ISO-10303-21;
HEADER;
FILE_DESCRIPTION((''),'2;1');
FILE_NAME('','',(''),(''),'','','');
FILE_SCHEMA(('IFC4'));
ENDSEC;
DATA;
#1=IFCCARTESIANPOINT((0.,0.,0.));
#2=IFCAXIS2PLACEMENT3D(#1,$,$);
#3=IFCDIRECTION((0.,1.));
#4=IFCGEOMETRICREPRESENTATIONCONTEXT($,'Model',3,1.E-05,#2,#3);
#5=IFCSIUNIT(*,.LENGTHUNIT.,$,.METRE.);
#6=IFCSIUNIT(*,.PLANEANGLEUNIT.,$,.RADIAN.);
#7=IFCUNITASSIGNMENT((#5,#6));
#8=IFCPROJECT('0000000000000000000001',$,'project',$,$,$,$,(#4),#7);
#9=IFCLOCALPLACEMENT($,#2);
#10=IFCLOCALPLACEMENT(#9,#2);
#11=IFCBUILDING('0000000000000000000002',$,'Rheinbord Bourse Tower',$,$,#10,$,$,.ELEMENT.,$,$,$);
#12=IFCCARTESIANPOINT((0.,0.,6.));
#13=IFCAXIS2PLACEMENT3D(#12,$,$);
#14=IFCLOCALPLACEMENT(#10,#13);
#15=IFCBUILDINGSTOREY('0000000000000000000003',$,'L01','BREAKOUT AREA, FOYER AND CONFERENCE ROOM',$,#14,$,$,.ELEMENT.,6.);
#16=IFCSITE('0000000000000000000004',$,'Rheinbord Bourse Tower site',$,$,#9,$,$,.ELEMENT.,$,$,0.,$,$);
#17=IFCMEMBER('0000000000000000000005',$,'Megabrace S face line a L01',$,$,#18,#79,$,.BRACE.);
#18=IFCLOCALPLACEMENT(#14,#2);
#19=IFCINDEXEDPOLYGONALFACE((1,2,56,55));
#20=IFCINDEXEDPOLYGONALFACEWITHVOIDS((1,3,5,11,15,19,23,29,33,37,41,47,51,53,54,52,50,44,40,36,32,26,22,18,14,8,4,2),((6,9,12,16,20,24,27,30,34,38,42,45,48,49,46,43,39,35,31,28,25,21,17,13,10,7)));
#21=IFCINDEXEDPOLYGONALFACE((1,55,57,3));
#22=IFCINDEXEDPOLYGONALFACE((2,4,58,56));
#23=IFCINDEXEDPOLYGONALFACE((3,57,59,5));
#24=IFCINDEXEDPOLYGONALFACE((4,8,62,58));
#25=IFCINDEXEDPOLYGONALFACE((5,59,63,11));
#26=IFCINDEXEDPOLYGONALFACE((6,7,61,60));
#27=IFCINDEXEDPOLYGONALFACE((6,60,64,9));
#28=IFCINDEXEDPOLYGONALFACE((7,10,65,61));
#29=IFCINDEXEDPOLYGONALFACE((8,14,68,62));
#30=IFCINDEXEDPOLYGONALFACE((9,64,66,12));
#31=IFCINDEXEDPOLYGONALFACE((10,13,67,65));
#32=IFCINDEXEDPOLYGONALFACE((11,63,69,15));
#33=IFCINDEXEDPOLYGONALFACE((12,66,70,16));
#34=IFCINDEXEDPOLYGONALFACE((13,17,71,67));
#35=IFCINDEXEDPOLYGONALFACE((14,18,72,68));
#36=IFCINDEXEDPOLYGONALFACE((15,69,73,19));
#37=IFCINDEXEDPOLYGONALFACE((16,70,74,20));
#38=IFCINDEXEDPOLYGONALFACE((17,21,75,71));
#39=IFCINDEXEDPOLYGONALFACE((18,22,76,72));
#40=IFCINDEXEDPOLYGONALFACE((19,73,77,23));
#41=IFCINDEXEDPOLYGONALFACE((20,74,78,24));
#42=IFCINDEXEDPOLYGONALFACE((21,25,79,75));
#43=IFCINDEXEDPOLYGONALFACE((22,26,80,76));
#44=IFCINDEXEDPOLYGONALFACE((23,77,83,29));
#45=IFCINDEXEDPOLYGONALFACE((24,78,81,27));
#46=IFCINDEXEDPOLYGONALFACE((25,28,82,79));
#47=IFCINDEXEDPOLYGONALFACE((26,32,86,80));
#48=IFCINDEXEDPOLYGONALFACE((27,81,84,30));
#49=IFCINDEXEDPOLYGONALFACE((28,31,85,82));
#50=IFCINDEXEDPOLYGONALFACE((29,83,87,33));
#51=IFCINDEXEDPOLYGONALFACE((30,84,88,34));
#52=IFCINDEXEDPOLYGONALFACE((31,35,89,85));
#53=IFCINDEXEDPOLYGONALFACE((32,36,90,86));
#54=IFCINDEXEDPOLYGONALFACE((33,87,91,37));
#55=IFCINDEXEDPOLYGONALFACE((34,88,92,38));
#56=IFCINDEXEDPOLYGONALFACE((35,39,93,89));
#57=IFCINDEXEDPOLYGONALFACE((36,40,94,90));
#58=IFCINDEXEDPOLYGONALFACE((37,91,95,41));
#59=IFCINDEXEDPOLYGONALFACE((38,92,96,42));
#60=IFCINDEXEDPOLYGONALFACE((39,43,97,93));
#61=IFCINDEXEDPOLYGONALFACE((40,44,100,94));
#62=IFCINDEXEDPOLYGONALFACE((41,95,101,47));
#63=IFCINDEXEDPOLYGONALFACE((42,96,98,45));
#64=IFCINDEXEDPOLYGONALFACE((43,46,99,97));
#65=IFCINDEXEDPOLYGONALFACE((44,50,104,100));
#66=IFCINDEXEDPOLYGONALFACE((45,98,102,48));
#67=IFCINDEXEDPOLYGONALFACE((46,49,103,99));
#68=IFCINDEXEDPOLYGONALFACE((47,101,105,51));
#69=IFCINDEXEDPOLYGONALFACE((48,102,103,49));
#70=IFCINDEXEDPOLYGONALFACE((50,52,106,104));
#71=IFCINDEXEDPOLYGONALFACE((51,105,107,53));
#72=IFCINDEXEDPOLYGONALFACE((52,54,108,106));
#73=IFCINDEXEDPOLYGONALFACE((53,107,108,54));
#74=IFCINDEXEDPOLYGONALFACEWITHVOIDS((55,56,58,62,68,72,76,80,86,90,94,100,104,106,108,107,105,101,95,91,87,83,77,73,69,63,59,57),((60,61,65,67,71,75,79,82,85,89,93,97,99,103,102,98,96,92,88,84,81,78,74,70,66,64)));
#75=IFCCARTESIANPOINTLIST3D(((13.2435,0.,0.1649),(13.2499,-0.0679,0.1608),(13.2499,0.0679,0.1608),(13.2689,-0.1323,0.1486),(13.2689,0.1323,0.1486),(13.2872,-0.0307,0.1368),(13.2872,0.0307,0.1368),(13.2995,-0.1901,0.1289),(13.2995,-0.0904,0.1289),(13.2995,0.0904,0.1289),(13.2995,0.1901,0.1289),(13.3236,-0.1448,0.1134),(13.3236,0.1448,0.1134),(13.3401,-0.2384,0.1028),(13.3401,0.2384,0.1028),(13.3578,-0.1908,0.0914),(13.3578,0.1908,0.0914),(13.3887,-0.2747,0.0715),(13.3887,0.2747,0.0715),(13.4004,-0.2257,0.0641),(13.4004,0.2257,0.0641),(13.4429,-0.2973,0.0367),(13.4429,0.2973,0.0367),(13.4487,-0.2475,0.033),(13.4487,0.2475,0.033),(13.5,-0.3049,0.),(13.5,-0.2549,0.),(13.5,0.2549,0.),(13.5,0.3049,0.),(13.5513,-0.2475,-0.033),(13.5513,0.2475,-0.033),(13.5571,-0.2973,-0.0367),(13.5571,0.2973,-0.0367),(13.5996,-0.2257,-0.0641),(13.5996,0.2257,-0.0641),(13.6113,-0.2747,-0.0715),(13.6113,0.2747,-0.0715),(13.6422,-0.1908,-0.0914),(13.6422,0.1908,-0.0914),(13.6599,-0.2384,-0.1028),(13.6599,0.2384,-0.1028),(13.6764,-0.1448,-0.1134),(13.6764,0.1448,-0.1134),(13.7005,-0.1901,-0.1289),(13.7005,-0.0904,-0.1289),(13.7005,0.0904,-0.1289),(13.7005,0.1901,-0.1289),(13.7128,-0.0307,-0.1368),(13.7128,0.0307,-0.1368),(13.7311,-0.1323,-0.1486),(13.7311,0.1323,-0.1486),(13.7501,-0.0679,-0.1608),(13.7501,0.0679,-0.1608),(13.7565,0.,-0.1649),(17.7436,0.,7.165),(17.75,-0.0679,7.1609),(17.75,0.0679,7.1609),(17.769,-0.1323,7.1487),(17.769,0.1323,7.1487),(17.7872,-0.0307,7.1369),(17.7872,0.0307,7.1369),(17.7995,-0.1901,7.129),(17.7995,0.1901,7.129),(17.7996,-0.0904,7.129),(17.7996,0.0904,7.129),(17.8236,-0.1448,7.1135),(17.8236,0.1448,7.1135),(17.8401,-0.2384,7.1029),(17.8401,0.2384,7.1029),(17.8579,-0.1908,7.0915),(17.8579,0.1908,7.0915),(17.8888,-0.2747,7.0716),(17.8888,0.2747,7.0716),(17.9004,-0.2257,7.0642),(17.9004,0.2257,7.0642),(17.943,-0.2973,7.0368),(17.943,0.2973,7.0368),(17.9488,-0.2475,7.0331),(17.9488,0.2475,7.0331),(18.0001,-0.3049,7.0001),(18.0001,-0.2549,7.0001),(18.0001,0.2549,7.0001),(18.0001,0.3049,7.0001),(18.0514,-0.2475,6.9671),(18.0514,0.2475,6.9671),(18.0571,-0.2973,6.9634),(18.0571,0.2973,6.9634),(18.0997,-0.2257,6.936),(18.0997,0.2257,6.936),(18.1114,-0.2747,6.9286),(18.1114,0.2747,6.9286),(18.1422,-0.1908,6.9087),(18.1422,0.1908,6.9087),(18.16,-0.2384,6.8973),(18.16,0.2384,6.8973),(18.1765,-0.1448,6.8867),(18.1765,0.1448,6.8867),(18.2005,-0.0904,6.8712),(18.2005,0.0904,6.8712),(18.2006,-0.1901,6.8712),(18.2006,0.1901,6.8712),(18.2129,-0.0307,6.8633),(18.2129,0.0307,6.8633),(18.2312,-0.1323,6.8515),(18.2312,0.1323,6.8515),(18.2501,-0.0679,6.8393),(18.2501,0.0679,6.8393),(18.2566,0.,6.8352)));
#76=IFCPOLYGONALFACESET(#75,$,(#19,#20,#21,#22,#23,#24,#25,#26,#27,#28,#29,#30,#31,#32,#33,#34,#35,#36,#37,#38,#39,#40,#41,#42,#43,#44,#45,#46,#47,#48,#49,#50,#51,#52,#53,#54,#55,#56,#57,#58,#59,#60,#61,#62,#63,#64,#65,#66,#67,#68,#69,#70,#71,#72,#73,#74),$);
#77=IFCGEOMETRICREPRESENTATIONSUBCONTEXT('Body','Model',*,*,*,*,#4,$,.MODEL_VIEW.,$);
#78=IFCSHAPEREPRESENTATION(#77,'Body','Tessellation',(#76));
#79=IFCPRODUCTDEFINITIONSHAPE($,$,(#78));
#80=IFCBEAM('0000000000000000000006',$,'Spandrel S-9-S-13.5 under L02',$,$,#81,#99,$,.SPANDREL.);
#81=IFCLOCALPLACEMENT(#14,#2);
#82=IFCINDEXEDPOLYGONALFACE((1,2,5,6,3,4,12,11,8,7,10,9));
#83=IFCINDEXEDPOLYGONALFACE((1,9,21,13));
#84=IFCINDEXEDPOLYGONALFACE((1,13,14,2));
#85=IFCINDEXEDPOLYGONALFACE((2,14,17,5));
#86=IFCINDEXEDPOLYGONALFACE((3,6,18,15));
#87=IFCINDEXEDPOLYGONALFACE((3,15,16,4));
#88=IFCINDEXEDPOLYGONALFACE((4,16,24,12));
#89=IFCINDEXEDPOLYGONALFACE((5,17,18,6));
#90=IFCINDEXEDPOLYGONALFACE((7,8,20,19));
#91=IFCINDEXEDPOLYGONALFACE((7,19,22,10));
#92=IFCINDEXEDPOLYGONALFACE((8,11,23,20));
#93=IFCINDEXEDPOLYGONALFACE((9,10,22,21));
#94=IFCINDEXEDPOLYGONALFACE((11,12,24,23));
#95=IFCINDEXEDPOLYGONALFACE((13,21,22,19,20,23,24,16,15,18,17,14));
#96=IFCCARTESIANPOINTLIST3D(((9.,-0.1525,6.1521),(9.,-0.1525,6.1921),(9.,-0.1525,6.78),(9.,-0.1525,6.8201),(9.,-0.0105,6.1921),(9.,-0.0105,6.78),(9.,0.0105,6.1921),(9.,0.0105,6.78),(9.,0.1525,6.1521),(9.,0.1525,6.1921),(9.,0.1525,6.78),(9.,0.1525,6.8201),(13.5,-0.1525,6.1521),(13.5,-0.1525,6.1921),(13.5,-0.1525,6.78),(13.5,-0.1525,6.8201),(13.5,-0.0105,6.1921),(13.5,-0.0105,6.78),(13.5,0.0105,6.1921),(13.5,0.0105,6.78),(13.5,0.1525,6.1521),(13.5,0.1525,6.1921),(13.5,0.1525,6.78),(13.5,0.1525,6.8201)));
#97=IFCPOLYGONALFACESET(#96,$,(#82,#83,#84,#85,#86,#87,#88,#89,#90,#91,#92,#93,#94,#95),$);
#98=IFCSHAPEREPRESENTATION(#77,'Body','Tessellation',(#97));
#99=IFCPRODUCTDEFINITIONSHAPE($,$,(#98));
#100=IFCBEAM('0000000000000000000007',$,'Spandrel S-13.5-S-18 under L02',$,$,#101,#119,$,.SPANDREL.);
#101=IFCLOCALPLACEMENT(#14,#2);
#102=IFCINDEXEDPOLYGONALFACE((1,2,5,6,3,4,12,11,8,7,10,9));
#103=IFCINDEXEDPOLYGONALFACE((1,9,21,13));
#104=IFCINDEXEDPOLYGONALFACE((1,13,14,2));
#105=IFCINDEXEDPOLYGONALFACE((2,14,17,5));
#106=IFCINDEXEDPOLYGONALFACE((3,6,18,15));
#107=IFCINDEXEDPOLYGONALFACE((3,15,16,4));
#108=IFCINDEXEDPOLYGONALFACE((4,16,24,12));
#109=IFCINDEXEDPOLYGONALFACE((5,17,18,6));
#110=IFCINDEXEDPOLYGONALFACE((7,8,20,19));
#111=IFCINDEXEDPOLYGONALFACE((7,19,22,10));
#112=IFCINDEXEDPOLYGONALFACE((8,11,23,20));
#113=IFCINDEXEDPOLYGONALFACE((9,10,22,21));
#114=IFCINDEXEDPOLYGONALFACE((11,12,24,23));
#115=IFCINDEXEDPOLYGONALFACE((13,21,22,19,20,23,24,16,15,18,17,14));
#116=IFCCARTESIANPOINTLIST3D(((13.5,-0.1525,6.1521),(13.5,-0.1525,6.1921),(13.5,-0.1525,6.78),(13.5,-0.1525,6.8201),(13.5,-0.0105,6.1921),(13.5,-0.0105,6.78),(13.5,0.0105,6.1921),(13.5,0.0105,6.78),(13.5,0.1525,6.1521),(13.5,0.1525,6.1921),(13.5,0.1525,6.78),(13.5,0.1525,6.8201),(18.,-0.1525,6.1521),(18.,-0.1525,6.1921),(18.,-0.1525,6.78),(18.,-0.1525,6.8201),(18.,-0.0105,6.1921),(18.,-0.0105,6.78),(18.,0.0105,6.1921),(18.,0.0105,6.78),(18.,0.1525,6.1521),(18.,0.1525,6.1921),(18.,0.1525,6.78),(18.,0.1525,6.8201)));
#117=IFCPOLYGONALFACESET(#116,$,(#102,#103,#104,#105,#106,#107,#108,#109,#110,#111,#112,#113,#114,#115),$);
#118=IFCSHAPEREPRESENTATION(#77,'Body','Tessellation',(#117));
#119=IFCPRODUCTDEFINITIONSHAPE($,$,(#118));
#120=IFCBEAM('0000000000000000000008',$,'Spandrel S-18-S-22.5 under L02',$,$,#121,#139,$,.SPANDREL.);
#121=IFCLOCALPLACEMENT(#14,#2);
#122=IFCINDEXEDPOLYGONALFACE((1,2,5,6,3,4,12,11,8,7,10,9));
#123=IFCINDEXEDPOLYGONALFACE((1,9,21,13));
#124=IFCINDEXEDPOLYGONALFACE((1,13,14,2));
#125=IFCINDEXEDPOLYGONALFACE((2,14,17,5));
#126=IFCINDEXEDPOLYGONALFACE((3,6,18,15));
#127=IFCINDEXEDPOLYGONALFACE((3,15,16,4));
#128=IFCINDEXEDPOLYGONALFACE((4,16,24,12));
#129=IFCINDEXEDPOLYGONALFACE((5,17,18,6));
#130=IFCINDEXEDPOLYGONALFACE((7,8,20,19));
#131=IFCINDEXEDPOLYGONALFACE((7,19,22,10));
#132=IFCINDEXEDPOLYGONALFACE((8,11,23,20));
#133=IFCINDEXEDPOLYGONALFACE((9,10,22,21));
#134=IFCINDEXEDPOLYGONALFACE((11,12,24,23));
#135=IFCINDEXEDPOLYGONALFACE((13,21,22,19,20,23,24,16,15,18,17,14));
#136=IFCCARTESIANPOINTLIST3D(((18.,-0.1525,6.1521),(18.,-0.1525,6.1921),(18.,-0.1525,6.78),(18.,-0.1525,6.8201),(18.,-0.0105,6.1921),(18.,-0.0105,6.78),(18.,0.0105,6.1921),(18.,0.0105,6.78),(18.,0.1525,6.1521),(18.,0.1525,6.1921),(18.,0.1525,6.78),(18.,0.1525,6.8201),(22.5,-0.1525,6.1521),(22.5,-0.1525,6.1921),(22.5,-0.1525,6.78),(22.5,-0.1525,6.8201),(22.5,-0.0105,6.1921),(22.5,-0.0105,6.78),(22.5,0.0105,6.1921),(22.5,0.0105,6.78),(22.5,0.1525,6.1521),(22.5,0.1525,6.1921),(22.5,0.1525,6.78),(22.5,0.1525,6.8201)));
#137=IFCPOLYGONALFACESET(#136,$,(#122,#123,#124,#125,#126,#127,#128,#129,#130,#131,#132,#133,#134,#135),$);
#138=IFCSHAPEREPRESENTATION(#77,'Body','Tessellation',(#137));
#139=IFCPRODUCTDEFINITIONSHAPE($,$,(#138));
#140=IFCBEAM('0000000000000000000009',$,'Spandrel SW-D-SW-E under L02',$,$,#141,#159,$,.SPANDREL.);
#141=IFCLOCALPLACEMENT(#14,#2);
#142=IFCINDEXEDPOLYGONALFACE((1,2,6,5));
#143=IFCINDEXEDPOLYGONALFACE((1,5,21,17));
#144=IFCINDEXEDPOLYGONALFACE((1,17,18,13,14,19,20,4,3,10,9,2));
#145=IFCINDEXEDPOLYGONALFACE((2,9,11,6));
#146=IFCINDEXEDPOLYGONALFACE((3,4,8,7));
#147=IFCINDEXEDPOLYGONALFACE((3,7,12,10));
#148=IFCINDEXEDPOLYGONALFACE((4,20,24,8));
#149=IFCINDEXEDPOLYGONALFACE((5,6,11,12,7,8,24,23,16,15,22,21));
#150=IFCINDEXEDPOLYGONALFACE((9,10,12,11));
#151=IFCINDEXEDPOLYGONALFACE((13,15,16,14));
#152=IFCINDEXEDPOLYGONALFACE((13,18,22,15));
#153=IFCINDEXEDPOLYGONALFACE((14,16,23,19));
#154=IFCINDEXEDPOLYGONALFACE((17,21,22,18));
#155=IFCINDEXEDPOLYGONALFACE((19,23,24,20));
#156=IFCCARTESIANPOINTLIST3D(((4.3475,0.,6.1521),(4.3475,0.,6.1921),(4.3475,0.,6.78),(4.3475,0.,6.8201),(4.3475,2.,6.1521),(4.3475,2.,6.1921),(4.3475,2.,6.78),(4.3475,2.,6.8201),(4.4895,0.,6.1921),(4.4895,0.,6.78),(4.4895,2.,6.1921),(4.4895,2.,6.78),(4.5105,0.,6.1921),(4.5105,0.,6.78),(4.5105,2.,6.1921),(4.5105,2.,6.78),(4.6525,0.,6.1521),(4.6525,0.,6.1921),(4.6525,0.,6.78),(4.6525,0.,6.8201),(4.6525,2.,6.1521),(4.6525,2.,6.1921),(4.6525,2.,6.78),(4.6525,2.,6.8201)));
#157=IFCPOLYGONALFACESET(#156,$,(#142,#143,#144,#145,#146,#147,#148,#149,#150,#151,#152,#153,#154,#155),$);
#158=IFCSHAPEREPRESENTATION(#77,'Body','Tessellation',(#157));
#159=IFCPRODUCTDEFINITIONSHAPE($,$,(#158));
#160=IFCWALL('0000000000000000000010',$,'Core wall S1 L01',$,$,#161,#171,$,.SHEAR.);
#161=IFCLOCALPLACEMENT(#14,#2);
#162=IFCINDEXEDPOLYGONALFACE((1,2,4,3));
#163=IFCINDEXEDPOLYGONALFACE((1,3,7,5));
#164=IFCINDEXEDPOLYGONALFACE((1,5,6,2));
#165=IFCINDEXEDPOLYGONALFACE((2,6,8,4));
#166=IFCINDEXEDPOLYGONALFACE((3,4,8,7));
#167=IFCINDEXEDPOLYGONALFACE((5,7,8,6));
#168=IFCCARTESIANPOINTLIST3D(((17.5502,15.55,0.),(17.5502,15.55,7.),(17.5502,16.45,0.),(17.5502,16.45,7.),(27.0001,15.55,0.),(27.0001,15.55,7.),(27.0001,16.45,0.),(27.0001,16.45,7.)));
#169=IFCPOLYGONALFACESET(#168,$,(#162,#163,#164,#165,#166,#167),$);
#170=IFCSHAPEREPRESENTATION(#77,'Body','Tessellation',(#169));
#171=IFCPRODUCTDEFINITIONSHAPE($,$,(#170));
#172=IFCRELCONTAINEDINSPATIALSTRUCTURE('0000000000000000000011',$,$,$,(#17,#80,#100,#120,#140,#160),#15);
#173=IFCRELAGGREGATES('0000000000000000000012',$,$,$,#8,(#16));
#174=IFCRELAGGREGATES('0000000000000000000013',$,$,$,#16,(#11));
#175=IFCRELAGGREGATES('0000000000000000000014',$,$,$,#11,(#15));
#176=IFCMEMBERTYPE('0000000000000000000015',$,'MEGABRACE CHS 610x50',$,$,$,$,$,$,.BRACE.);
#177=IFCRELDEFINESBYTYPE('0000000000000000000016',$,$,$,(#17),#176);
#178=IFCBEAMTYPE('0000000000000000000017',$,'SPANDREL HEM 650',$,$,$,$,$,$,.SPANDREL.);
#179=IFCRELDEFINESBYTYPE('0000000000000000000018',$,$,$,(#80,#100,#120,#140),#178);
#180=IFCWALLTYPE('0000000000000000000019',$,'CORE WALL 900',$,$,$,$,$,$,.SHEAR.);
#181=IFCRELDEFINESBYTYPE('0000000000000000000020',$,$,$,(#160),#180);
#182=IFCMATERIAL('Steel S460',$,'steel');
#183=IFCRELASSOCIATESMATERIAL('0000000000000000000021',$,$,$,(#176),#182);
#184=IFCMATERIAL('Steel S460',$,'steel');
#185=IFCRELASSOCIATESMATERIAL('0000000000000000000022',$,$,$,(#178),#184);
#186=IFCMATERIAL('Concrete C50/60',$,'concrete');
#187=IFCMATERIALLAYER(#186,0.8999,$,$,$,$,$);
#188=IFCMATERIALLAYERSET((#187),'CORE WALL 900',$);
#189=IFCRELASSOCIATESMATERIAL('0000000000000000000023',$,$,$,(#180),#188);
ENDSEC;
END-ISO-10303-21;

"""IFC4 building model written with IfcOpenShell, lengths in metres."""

from ifc_helpers import new_model, si_unit, direction, frame, frame_2d, origin, origin_2d, place, context, subcontext, project, spatial, rectangle, hollow_circle, i_section, extrude, material, layer, layer_set, material_profile, profile_set, type_object, element, save


model = new_model("IFC4")

# Units and contexts
model_context = context("Model", 3, precision=1e-05, world=origin(), true_north=direction((0.0, 1.0)))
body_context = subcontext(model_context, "Body", "Model", "MODEL_VIEW")
ifc_project = project(units=[si_unit("LENGTHUNIT", "METRE"), si_unit("PLANEANGLEUNIT", "RADIAN")], contexts=[model_context])

# Site, building, storey
site_placement = place(None, origin())
site = spatial("IfcSite", under=ifc_project, at=site_placement, Name="Rheinbord Bourse Tower site", CompositionType="ELEMENT", RefElevation=0.0)
building_placement = place(site_placement, origin())
building = spatial("IfcBuilding", under=site, at=building_placement, Name="Rheinbord Bourse Tower", CompositionType="ELEMENT")
storey_placement = place(building_placement, frame((0.0, 0.0, 6.0)))
storey = spatial("IfcBuildingStorey", under=building, at=storey_placement, Name="L01", Description="BREAKOUT AREA, FOYER AND CONFERENCE ROOM", CompositionType="ELEMENT", Elevation=6.0)

# Member
ifc_material_1 = material(Name="Steel S460", Category="steel")
ifc_material_profile_1 = material_profile(ifc_material_1, hollow_circle(Radius=0.3049, WallThickness=0.05, at=origin_2d()), Name="CHS 610x50")
ifc_profile_set_1 = profile_set([ifc_material_profile_1], Name="Steel S460")
member_type = type_object("IfcMemberType", Name="MEGABRACE CHS 610x50", PredefinedType="BRACE", material=ifc_profile_set_1)
member_placement = place(storey_placement, frame((13.5, 0.0, 0.0), z_axis=(0.540758, 0.0, 0.841178), x_axis=(0.0, 1.0, 0.0)))
element("IfcMember", 1, at=member_placement, inside=storey, type_object=member_type, Name="Megabrace S face line a L01", PredefinedType="BRACE", context=body_context, shape_type="SweptSolid", body=[
    extrude(hollow_circle(Radius=0.3049, WallThickness=0.05, at=origin_2d()), origin(), (0.0, 0.0, 1.0), 8.3218),
])

# Beams
ifc_material_2 = material(Name="Steel S460", Category="steel")
ifc_material_profile_2 = material_profile(ifc_material_2, i_section(OverallWidth=0.3049, OverallDepth=0.668, WebThickness=0.021, FlangeThickness=0.04, at=origin_2d()), Name="HEM 650")
ifc_profile_set_2 = profile_set([ifc_material_profile_2], Name="Steel S460")
beam_type_1 = type_object("IfcBeamType", Name="SPANDREL HEM 650", PredefinedType="SPANDREL", material=ifc_profile_set_2)
for number, where, z_axis, x_axis, name in (
    (2, (9.0, 0.0, 6.4861), (1.0, 0.0, 0.0), (0.0, 1.0, 0.0), "Spandrel S-9-S-13.5 under L02"),
    (3, (13.5, 0.0, 6.4861), (1.0, 0.0, 0.0), (0.0, 1.0, 0.0), "Spandrel S-13.5-S-18 under L02"),
    (4, (18.0, 0.0, 6.4861), (1.0, 0.0, 0.0), (0.0, 1.0, 0.0), "Spandrel S-18-S-22.5 under L02"),
):
    element("IfcBeam", number, at=place(storey_placement, frame(where, z_axis=z_axis, x_axis=x_axis)), inside=storey, type_object=beam_type_1, Name=name, PredefinedType="SPANDREL", context=body_context, shape_type="SweptSolid", body=[
        extrude(i_section(OverallWidth=0.3049, OverallDepth=0.668, WebThickness=0.021, FlangeThickness=0.04, at=origin_2d()), origin(), (0.0, 0.0, 1.0), 4.5),
    ])
beam_placement = place(storey_placement, frame((4.5, 2.0, 6.4861), z_axis=(0.0, -1.0, 0.0), x_axis=(1.0, 0.0, 0.0)))
element("IfcBeam", 5, at=beam_placement, inside=storey, type_object=beam_type_1, Name="Spandrel SW-D-SW-E under L02", PredefinedType="SPANDREL", context=body_context, shape_type="SweptSolid", body=[
    extrude(i_section(OverallWidth=0.3049, OverallDepth=0.668, WebThickness=0.021, FlangeThickness=0.04, at=origin_2d()), origin(), (0.0, 0.0, 1.0), 2.0),
])

# Wall
ifc_material_3 = material(Name="Concrete C50/60", Category="concrete")
ifc_layer_1 = layer(ifc_material_3, 0.8999)
ifc_layer_set_1 = layer_set([ifc_layer_1], Name="CORE WALL 900")
wall_type_1 = type_object("IfcWallType", Name="CORE WALL 900", PredefinedType="SHEAR", material=ifc_layer_set_1)
wall_1_placement = place(storey_placement, frame((17.55, 16.0, 0.0), z_axis=(0.0, 0.0, 1.0), x_axis=(1.0, 0.0, 0.0)))
element("IfcWall", 6, at=wall_1_placement, inside=storey, type_object=wall_type_1, Name="Core wall S1 L01", PredefinedType="SHEAR", context=body_context, shape_type="SweptSolid", body=[
    extrude(rectangle(XDim=9.45, YDim=0.8999, at=frame_2d((4.7251, 0.0))), origin(), (0.0, 0.0, 1.0), 7.0),
])

save(model, "model.ifc")
